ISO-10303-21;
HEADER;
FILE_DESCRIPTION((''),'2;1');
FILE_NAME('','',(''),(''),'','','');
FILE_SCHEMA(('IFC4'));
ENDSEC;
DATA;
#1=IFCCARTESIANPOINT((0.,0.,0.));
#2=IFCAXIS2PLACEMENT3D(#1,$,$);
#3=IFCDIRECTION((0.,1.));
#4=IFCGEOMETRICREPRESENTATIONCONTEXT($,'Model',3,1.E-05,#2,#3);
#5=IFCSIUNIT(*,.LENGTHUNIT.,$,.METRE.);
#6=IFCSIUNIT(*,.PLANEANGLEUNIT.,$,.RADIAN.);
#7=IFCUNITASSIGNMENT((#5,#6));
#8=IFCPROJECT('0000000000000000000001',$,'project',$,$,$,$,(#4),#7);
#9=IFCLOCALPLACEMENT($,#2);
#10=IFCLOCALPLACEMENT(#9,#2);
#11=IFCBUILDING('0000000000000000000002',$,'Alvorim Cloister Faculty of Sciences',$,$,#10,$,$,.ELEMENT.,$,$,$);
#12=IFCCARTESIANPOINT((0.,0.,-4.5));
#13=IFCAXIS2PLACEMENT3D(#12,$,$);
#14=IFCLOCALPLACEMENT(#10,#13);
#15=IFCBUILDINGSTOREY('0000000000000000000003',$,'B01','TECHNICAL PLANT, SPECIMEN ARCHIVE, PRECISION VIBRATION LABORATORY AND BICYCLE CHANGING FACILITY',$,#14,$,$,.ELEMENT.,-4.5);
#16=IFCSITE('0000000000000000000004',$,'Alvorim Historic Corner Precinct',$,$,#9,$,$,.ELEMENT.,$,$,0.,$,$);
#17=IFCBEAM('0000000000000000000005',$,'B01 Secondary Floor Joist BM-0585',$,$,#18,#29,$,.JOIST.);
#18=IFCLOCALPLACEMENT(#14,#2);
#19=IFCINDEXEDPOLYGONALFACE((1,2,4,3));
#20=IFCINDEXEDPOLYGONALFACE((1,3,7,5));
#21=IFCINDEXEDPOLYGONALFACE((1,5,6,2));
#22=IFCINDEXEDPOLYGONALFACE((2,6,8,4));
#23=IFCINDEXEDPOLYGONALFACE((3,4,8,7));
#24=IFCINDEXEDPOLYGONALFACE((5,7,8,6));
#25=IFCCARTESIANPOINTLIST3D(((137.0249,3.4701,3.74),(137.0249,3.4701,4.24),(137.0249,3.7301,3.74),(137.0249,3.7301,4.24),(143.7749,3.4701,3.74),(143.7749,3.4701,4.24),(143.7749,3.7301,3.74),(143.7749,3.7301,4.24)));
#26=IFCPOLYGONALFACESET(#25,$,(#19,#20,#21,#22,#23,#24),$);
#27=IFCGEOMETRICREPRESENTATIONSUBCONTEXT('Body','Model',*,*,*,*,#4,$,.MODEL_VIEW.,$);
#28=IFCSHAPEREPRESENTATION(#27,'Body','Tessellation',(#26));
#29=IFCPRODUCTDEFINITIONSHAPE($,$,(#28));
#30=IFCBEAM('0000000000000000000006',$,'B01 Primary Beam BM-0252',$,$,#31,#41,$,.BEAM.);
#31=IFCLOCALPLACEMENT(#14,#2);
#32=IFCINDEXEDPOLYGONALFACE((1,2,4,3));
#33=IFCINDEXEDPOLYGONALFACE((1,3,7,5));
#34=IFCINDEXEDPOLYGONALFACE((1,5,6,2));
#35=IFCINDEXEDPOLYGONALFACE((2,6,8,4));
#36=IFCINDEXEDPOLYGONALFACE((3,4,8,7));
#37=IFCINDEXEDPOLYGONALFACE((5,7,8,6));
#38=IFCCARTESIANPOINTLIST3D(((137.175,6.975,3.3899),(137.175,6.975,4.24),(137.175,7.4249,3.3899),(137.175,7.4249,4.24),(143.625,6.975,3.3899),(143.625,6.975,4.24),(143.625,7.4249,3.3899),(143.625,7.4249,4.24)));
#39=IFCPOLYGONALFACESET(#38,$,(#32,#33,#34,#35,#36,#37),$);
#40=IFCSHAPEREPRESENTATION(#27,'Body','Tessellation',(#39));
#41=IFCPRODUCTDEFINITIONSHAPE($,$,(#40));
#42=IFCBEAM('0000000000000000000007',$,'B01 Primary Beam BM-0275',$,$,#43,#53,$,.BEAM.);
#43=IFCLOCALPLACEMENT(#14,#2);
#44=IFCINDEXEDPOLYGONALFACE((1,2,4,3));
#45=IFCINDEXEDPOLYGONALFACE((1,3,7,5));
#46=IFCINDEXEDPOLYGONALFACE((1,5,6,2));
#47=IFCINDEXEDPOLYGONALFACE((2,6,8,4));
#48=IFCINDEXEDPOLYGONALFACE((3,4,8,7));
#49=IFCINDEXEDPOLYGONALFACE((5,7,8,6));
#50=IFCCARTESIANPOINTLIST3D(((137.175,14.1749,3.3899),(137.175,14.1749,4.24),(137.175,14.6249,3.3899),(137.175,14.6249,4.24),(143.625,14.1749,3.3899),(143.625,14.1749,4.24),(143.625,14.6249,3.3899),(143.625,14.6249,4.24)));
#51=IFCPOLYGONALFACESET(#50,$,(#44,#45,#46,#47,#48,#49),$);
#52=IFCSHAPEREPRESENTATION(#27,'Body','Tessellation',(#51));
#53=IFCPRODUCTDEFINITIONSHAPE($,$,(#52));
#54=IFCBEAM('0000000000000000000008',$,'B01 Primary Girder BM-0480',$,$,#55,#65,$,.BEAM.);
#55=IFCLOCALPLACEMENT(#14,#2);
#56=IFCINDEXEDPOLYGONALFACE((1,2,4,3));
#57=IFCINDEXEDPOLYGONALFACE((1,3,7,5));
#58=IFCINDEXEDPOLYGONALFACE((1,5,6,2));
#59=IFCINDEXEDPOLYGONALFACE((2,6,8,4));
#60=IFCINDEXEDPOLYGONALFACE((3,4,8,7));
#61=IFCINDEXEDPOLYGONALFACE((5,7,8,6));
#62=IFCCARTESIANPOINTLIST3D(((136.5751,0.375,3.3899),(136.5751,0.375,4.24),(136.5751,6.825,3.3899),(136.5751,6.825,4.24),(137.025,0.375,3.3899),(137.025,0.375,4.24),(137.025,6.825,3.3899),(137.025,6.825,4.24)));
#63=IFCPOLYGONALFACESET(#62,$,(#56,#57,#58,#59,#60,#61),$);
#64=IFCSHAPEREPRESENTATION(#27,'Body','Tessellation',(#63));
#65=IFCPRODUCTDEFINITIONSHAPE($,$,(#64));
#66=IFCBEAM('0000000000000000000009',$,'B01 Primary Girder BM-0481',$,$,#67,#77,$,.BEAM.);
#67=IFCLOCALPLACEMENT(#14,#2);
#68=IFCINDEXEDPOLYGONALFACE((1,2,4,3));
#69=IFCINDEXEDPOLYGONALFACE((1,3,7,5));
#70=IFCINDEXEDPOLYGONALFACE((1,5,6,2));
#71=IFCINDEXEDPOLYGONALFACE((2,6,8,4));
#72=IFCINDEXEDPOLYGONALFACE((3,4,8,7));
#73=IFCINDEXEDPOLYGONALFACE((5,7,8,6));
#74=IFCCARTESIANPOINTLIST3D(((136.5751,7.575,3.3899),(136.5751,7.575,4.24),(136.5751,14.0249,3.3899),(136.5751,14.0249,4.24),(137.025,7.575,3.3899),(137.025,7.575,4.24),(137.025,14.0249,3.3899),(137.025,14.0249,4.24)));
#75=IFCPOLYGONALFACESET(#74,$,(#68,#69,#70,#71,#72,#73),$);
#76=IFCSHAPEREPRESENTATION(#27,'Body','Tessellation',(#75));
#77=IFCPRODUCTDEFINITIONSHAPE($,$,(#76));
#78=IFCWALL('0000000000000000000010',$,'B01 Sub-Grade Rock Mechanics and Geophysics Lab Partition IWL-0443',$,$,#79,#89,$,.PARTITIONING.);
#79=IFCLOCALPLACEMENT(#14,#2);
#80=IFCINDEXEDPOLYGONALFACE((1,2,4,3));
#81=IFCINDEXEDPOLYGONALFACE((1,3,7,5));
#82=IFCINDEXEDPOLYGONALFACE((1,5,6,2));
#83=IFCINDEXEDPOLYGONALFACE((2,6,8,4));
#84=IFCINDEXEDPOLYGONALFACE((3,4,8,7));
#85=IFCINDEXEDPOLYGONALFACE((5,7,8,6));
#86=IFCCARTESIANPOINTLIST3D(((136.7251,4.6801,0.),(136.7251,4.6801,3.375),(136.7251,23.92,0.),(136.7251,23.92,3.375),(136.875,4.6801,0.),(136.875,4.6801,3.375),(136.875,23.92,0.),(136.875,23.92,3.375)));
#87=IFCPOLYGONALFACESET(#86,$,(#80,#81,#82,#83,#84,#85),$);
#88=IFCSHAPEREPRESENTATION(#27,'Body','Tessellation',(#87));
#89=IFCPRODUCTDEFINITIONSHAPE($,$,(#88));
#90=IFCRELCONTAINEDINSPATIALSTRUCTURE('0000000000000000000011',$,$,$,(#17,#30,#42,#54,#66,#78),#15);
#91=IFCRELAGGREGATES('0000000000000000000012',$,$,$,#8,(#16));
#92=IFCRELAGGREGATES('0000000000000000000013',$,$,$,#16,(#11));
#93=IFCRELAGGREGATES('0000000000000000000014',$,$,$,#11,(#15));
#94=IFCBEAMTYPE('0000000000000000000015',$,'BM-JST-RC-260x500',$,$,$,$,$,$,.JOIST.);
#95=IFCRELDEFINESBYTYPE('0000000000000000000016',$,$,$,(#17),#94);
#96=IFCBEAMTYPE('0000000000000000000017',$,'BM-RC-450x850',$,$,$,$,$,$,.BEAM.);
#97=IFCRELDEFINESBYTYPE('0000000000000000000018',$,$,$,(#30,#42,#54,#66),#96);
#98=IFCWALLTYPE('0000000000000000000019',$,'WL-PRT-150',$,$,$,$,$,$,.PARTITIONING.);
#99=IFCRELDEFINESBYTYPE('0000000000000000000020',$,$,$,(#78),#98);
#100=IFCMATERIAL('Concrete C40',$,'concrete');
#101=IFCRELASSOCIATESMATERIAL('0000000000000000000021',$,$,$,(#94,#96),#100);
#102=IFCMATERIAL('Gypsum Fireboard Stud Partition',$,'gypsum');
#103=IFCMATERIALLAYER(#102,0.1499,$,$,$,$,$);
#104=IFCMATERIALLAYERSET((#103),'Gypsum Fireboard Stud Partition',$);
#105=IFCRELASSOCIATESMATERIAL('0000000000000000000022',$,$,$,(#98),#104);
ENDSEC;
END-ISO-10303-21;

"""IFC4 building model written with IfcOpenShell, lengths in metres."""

from ifc_helpers import new_model, si_unit, direction, frame, frame_2d, origin, origin_2d, place, context, subcontext, project, spatial, rectangle, extrude, material, layer, layer_set, material_profile, profile_set, type_object, element, save


model = new_model("IFC4")

# Units and contexts
model_context = context("Model", 3, precision=1e-05, world=origin(), true_north=direction((0.0, 1.0)))
body_context = subcontext(model_context, "Body", "Model", "MODEL_VIEW")
ifc_project = project(units=[si_unit("LENGTHUNIT", "METRE"), si_unit("PLANEANGLEUNIT", "RADIAN")], contexts=[model_context])

# Site, building, storey
site_placement = place(None, origin())
site = spatial("IfcSite", under=ifc_project, at=site_placement, Name="Alvorim Historic Corner Precinct", CompositionType="ELEMENT", RefElevation=0.0)
building_placement = place(site_placement, origin())
building = spatial("IfcBuilding", under=site, at=building_placement, Name="Alvorim Cloister Faculty of Sciences", CompositionType="ELEMENT")
storey_placement = place(building_placement, frame((0.0, 0.0, -4.5)))
storey = spatial("IfcBuildingStorey", under=building, at=storey_placement, Name="B01", Description="TECHNICAL PLANT, SPECIMEN ARCHIVE, PRECISION VIBRATION LABORATORY AND BICYCLE CHANGING FACILITY", CompositionType="ELEMENT", Elevation=-4.5)

# Shared definitions
ifc_material_1 = material(Name="Concrete C40", Category="concrete")

# Beams
ifc_material_profile_1 = material_profile(ifc_material_1, rectangle(XDim=0.26, YDim=0.5, at=origin_2d()), Name="RC40-JST-260x500")
ifc_profile_set_1 = profile_set([ifc_material_profile_1], Name="Concrete C40")
beam_type_1 = type_object("IfcBeamType", Name="BM-JST-RC-260x500", PredefinedType="JOIST", material=ifc_profile_set_1)
beam_placement = place(storey_placement, frame((137.0249, 3.6001, 3.99), z_axis=(1.0, 0.0, 0.0), x_axis=(0.0, 1.0, 0.0)))
element("IfcBeam", 1, at=beam_placement, inside=storey, type_object=beam_type_1, Name="B01 Secondary Floor Joist BM-0585", PredefinedType="JOIST", context=body_context, shape_type="SweptSolid", body=[
    extrude(rectangle(XDim=0.26, YDim=0.5, at=origin_2d()), origin(), (0.0, 0.0, 1.0), 6.75),
])
ifc_material_profile_2 = material_profile(ifc_material_1, rectangle(XDim=0.45, YDim=0.8501, at=origin_2d()), Name="RC40-BM-450x850")
ifc_profile_set_2 = profile_set([ifc_material_profile_2], Name="Concrete C40")
beam_type_2 = type_object("IfcBeamType", Name="BM-RC-450x850", PredefinedType="BEAM", material=ifc_profile_set_2)
for number, where, z_axis, x_axis, name in (
    (2, (137.175, 7.2, 3.8149), (1.0, 0.0, 0.0), (0.0, 1.0, 0.0), "B01 Primary Beam BM-0252"),
    (3, (137.175, 14.3999, 3.8149), (1.0, 0.0, 0.0), (0.0, 1.0, 0.0), "B01 Primary Beam BM-0275"),
    (4, (136.8, 0.375, 3.8149), (0.0, 1.0, 0.0), (-1.0, 0.0, 0.0), "B01 Primary Girder BM-0480"),
    (5, (136.8, 7.575, 3.8149), (0.0, 1.0, 0.0), (-1.0, 0.0, 0.0), "B01 Primary Girder BM-0481"),
):
    element("IfcBeam", number, at=place(storey_placement, frame(where, z_axis=z_axis, x_axis=x_axis)), inside=storey, type_object=beam_type_2, Name=name, PredefinedType="BEAM", context=body_context, shape_type="SweptSolid", body=[
        extrude(rectangle(XDim=0.45, YDim=0.8501, at=origin_2d()), origin(), (0.0, 0.0, 1.0), 6.45),
    ])

# Wall
ifc_material_2 = material(Name="Gypsum Fireboard Stud Partition", Category="gypsum")
ifc_layer = layer(ifc_material_2, 0.1499)
ifc_layer_set = layer_set([ifc_layer], Name="Gypsum Fireboard Stud Partition")
wall_type = type_object("IfcWallType", Name="WL-PRT-150", PredefinedType="PARTITIONING", material=ifc_layer_set)
wall_placement = place(storey_placement, frame((136.8, 4.6799, 0.0), z_axis=(0.0, 0.0, 1.0), x_axis=(0.0, 1.0, 0.0)))
element("IfcWall", 6, at=wall_placement, inside=storey, type_object=wall_type, Name="B01 Sub-Grade Rock Mechanics and Geophysics Lab Partition IWL-0443", PredefinedType="PARTITIONING", context=body_context, shape_type="SweptSolid", body=[
    extrude(rectangle(XDim=19.24, YDim=0.1499, at=frame_2d((9.6201, 0.0))), origin(), (0.0, 0.0, 1.0), 3.375),
])

save(model, "model.ifc")
